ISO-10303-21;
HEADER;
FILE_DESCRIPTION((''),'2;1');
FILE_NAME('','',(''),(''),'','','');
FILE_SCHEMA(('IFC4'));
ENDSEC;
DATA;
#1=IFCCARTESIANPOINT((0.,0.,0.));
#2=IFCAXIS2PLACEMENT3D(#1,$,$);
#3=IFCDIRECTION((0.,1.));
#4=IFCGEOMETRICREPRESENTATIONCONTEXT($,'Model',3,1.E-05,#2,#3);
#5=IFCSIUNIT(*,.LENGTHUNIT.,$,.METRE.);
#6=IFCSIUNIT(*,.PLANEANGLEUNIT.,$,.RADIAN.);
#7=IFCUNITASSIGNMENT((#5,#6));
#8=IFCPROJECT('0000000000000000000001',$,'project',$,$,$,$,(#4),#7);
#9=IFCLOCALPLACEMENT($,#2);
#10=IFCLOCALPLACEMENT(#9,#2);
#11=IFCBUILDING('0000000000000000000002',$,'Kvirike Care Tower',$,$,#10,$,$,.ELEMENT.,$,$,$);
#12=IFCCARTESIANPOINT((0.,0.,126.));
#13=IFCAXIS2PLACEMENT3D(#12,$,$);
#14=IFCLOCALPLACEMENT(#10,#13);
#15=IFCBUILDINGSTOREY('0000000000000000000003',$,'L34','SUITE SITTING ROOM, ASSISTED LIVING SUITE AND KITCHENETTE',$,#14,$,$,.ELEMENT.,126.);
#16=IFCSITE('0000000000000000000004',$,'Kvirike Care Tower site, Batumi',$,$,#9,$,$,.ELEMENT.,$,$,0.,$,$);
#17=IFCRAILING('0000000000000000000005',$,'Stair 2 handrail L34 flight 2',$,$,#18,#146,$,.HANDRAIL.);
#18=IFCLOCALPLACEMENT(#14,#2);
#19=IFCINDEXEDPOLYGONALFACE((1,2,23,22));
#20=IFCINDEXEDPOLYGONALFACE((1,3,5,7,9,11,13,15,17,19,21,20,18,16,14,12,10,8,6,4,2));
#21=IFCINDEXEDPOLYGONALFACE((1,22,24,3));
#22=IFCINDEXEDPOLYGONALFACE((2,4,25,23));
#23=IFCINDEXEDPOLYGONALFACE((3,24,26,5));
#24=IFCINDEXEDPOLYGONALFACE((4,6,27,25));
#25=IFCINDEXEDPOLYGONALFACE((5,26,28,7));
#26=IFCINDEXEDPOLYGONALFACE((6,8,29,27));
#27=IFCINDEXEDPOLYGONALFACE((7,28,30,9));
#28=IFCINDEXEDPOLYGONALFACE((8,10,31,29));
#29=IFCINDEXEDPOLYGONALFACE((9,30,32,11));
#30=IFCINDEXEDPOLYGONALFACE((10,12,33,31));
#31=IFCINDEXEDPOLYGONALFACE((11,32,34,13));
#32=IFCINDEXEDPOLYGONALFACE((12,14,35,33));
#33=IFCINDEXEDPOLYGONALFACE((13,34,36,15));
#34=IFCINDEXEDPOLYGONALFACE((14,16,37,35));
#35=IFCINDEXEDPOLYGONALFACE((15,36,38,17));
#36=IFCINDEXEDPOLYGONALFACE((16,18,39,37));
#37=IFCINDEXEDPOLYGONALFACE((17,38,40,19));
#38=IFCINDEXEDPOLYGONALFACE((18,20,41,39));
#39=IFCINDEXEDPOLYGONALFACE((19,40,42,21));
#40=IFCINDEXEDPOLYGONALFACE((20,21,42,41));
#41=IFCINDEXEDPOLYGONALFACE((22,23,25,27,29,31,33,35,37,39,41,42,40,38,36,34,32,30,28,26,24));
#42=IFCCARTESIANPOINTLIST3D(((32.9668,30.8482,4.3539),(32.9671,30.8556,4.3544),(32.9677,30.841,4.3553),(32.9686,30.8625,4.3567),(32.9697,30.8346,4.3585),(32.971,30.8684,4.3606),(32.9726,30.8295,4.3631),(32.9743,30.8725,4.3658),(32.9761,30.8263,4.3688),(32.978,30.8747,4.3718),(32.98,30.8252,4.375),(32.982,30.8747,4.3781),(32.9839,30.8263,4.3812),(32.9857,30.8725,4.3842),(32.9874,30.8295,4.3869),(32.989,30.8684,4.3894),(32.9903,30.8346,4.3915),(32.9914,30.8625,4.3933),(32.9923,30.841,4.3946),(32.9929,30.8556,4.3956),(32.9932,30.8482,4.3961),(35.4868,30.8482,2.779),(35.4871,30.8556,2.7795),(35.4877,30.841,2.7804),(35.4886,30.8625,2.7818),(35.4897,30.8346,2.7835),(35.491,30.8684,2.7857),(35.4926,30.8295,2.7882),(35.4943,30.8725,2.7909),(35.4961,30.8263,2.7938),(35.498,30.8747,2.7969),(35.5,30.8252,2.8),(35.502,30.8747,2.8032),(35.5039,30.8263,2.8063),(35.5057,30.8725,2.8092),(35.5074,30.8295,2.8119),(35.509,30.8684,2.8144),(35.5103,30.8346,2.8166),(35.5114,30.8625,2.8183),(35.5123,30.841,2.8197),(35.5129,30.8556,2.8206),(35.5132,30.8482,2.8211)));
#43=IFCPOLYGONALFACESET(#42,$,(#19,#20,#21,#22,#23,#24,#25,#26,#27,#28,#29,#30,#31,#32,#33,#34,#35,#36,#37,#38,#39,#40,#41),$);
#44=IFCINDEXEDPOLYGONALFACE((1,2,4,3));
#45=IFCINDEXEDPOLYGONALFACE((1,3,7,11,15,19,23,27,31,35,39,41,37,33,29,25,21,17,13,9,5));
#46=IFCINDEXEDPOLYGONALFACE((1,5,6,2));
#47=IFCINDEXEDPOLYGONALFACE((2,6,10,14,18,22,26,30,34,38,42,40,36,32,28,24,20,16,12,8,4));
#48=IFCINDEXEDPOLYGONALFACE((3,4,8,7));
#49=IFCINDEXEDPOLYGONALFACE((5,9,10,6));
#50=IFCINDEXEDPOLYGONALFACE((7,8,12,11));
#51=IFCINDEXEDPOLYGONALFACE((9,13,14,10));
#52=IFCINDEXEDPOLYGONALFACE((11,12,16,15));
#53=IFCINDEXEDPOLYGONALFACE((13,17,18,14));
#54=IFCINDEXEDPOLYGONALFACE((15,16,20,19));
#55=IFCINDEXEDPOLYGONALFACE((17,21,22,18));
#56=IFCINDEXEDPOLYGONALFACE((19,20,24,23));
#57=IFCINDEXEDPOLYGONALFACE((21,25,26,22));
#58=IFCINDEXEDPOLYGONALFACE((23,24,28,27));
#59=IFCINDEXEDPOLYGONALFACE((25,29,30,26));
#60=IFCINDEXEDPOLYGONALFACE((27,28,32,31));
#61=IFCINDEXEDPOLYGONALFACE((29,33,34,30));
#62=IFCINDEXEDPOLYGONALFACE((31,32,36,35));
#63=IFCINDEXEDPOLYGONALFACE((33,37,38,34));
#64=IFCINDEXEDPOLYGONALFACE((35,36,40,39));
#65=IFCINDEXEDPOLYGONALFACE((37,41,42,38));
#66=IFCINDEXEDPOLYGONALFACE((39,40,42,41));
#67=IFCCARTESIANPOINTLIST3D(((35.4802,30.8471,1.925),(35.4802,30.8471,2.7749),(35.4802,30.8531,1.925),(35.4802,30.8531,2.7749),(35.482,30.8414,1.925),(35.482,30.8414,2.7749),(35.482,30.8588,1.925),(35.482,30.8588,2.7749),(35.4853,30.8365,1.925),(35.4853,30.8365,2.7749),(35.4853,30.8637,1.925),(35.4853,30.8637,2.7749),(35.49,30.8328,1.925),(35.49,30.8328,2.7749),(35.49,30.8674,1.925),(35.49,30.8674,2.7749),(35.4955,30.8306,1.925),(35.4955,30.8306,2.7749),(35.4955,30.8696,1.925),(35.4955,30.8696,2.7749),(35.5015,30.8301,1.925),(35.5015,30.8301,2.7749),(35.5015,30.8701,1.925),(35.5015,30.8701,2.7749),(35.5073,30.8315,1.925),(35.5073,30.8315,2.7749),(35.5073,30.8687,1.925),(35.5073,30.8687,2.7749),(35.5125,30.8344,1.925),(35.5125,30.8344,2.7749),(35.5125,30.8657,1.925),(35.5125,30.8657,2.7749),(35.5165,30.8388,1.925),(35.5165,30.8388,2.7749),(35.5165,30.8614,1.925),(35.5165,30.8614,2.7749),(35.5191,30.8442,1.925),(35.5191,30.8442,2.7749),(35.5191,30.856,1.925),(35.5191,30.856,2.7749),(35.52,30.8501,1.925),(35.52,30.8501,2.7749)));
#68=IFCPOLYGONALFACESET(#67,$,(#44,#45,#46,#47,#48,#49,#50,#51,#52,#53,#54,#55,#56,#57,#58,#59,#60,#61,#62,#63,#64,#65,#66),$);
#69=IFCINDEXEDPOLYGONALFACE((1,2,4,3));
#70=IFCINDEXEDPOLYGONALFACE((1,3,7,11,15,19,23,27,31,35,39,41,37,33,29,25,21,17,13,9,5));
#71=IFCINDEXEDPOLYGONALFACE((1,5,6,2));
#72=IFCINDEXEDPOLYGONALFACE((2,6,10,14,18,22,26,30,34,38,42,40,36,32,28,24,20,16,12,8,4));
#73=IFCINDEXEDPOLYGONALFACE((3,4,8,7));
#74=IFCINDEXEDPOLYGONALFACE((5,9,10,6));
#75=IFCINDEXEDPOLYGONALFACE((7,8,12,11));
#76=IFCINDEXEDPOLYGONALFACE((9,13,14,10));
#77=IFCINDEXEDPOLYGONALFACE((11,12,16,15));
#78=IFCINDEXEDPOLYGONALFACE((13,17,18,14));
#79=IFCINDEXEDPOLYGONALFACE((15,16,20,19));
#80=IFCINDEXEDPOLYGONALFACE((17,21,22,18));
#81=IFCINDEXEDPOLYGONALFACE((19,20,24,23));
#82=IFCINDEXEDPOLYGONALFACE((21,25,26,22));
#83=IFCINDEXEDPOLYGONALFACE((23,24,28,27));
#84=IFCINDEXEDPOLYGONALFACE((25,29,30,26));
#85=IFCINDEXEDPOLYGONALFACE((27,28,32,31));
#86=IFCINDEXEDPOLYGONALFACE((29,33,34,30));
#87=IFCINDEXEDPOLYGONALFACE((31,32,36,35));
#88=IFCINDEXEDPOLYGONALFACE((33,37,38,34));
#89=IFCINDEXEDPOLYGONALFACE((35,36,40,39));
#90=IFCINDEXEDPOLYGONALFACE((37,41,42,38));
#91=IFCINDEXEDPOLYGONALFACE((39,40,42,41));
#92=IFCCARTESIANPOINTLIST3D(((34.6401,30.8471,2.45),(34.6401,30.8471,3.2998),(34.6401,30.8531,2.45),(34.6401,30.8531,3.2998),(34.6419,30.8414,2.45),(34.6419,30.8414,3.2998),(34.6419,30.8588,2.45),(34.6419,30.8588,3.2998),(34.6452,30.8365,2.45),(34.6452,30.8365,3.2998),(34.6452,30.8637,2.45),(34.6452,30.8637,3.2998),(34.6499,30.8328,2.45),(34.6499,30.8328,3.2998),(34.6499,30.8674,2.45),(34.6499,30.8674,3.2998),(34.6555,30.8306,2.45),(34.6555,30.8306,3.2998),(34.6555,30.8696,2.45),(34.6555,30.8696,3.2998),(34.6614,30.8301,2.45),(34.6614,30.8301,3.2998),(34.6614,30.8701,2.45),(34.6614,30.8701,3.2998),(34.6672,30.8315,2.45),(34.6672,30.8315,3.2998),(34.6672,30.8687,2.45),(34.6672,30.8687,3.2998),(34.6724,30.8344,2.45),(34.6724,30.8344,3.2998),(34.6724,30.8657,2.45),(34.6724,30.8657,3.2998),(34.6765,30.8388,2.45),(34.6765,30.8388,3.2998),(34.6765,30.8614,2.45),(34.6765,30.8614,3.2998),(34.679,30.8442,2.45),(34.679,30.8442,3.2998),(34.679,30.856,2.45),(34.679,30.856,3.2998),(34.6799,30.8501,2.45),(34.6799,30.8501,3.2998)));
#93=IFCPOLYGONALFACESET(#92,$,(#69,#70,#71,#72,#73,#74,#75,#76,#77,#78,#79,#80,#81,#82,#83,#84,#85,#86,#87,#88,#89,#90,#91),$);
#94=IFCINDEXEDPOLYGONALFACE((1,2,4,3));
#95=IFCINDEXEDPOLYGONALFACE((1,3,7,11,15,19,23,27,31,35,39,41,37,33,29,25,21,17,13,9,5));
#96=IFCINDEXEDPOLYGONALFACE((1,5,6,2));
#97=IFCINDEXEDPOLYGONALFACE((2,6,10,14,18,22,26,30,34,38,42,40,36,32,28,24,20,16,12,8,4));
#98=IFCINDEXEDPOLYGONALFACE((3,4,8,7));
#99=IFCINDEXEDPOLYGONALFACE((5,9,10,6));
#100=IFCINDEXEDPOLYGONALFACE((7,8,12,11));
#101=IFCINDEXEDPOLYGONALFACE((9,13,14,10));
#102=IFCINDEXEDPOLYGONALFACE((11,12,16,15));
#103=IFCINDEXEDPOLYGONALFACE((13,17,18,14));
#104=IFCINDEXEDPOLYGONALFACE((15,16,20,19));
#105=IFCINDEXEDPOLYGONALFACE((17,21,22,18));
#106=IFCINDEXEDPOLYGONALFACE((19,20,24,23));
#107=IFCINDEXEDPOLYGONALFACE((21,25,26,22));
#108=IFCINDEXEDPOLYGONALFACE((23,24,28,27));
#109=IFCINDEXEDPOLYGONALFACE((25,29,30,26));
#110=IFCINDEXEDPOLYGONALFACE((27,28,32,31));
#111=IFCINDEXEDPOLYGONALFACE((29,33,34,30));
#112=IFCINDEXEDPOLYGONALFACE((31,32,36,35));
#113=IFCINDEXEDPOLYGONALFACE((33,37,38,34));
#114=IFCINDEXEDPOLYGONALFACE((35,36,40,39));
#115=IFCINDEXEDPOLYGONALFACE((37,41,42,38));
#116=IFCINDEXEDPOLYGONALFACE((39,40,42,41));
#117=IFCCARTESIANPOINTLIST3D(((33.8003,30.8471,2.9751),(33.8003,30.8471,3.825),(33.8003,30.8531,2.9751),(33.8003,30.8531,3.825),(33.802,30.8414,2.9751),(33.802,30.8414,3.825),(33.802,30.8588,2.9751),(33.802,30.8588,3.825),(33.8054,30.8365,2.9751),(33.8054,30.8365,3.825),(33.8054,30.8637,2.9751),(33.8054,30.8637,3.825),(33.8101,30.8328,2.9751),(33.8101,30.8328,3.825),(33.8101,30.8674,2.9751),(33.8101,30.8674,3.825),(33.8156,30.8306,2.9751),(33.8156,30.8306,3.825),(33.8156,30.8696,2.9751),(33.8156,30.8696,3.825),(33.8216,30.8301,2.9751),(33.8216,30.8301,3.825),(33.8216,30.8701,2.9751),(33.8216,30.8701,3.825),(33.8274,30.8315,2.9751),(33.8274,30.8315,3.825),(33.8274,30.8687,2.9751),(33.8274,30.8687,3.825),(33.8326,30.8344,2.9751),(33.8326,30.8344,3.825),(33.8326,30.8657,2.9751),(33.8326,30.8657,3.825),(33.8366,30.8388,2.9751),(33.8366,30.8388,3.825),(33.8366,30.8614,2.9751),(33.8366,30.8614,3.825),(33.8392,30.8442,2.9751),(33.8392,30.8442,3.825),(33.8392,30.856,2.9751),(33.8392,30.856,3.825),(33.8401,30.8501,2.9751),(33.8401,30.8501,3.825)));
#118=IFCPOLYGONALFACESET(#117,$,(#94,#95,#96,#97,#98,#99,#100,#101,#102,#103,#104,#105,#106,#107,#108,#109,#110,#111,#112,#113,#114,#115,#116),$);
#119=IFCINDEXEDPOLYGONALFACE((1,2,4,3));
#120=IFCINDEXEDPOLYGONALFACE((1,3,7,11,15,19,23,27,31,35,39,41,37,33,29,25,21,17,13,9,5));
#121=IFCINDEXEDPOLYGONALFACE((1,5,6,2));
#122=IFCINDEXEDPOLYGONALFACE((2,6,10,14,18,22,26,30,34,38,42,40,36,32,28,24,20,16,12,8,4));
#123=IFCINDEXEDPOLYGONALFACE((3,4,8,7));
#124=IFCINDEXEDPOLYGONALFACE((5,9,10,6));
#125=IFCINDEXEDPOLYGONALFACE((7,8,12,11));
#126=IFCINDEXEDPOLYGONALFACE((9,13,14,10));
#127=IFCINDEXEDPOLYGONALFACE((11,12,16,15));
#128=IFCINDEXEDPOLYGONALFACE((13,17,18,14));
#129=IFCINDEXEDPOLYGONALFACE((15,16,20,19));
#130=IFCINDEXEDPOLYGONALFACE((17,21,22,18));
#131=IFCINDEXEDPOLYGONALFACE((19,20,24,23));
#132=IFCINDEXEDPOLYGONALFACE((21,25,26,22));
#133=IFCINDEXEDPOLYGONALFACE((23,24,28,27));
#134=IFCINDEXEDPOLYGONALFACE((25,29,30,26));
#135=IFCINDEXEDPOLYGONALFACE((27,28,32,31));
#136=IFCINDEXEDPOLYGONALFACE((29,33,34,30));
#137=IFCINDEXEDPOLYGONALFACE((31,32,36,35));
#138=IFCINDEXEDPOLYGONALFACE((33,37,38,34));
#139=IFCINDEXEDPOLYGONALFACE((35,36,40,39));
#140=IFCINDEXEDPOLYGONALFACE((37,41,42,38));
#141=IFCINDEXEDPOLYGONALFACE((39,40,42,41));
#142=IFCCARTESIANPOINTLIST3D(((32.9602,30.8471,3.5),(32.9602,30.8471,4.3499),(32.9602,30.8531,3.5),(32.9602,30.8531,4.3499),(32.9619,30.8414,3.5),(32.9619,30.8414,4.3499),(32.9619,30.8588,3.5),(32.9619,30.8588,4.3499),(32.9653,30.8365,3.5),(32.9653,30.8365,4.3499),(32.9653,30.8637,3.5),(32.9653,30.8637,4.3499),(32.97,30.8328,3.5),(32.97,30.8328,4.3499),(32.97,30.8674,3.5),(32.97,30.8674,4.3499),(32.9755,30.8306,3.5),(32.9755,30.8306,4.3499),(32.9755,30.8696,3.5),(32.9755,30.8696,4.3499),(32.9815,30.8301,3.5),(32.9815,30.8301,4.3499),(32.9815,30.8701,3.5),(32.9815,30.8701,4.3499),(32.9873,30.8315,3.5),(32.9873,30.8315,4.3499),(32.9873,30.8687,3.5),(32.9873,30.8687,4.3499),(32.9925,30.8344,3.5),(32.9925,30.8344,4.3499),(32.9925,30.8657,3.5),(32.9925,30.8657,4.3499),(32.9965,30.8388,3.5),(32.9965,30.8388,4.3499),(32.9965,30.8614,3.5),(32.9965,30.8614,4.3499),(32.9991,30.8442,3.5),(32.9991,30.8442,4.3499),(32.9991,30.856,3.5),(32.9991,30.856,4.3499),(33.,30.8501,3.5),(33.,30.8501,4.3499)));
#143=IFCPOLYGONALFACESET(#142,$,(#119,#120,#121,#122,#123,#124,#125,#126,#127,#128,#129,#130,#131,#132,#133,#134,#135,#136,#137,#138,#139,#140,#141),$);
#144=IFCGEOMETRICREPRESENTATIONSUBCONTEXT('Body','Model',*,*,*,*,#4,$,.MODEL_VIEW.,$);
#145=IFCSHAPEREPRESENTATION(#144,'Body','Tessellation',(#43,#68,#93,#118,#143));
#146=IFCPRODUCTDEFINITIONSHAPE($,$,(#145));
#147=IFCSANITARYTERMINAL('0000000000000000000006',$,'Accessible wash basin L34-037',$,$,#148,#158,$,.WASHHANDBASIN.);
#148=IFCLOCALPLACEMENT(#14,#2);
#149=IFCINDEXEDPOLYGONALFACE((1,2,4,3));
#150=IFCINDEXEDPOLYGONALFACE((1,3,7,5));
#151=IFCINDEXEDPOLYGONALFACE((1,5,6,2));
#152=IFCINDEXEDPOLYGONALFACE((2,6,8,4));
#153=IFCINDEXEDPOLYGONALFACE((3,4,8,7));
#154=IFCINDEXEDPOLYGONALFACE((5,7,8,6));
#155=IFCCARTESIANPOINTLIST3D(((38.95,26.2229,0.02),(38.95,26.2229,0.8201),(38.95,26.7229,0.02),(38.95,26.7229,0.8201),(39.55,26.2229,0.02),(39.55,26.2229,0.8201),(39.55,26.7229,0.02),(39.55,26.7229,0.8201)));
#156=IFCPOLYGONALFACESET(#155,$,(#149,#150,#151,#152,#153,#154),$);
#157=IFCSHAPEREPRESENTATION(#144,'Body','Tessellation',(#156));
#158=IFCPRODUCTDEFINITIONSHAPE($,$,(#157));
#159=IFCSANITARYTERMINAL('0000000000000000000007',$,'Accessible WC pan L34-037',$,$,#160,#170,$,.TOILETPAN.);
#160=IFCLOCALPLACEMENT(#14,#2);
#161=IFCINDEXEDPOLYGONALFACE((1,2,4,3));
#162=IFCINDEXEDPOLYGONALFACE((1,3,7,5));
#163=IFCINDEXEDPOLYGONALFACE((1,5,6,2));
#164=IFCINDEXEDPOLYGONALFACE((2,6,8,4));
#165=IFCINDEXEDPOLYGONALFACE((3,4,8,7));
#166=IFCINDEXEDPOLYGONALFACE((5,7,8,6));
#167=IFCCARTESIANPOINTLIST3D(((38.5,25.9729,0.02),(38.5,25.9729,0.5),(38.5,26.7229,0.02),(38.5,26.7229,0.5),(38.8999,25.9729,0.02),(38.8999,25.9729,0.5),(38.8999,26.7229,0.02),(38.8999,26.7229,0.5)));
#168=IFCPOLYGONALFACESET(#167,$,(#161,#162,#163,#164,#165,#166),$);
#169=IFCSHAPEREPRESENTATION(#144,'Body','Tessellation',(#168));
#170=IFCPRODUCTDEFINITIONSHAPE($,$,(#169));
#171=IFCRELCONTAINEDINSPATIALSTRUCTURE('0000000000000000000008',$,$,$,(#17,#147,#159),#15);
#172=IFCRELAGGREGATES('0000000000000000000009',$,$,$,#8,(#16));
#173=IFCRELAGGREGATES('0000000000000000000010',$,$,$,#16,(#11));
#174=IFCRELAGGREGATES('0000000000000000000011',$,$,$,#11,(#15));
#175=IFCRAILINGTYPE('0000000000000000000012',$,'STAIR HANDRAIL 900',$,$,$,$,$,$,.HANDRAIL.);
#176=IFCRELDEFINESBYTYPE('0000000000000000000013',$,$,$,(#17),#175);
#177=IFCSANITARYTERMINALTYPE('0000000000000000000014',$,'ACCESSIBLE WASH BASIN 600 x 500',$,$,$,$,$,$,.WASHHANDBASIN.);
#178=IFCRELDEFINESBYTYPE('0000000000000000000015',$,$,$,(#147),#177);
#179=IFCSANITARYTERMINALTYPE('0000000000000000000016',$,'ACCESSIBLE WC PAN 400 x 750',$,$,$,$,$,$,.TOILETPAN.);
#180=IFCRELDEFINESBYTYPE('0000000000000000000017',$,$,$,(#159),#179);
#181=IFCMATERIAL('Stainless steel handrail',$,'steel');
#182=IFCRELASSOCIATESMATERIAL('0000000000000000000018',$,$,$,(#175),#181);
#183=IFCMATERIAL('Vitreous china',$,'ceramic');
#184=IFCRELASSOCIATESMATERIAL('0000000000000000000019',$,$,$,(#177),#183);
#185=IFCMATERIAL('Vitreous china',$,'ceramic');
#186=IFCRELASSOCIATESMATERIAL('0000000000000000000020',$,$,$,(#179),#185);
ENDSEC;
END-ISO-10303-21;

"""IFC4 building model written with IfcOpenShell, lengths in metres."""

from ifc_helpers import new_model, si_unit, direction, frame, origin, origin_2d, place, context, subcontext, project, spatial, rectangle, circle, extrude, material, type_object, element, save


model = new_model("IFC4")

# Units and contexts
model_context = context("Model", 3, precision=1e-05, world=origin(), true_north=direction((0.0, 1.0)))
body_context = subcontext(model_context, "Body", "Model", "MODEL_VIEW")
ifc_project = project(units=[si_unit("LENGTHUNIT", "METRE"), si_unit("PLANEANGLEUNIT", "RADIAN")], contexts=[model_context])

# Site, building, storey
site_placement = place(None, origin())
site = spatial("IfcSite", under=ifc_project, at=site_placement, Name="Kvirike Care Tower site, Batumi", CompositionType="ELEMENT", RefElevation=0.0)
building_placement = place(site_placement, origin())
building = spatial("IfcBuilding", under=site, at=building_placement, Name="Kvirike Care Tower", CompositionType="ELEMENT")
storey_placement = place(building_placement, frame((0.0, 0.0, 126.0)))
storey = spatial("IfcBuildingStorey", under=building, at=storey_placement, Name="L34", Description="SUITE SITTING ROOM, ASSISTED LIVING SUITE AND KITCHENETTE", CompositionType="ELEMENT", Elevation=126.0)

# Railing
ifc_material_1 = material(Name="Stainless steel handrail", Category="steel")
railing_type = type_object("IfcRailingType", Name="STAIR HANDRAIL 900", PredefinedType="HANDRAIL", material=ifc_material_1)
railing_placement = place(storey_placement, frame((35.5, 30.8501, 1.925)))
element("IfcRailing", 1, at=railing_placement, inside=storey, type_object=railing_type, Name="Stair 2 handrail L34 flight 2", PredefinedType="HANDRAIL", context=body_context, shape_type="SweptSolid", body=[
    extrude(circle(Radius=0.0249, at=origin_2d()), frame((0.0, 0.0, 0.875), z_axis=(-0.848008, 0.0, 0.529984), x_axis=(0.0, -1.0, 0.0)), (0.0, 0.0, 1.0), 2.9717),
    extrude(circle(Radius=0.02, at=origin_2d()), origin(), (0.0, 0.0, 1.0), 0.8499),
    extrude(circle(Radius=0.02, at=origin_2d()), frame((-0.8401, 0.0, 0.5249)), (0.0, 0.0, 1.0), 0.8499),
    extrude(circle(Radius=0.02, at=origin_2d()), frame((-1.6799, 0.0, 1.05)), (0.0, 0.0, 1.0), 0.8499),
    extrude(circle(Radius=0.02, at=origin_2d()), frame((-2.52, 0.0, 1.575)), (0.0, 0.0, 1.0), 0.8499),
])

# Sanitary terminals
ifc_material_2 = material(Name="Vitreous china", Category="ceramic")
sanitary_terminal_type_1 = type_object("IfcSanitaryTerminalType", Name="ACCESSIBLE WASH BASIN 600 x 500", PredefinedType="WASHHANDBASIN", material=ifc_material_2)
sanitary_terminal_1_placement = place(storey_placement, frame((39.25, 26.4729, 0.02), z_axis=(0.0, 0.0, 1.0), x_axis=(1.0, 0.0, 0.0)))
element("IfcSanitaryTerminal", 2, at=sanitary_terminal_1_placement, inside=storey, type_object=sanitary_terminal_type_1, Name="Accessible wash basin L34-037", PredefinedType="WASHHANDBASIN", context=body_context, shape_type="SweptSolid", body=[
    extrude(rectangle(XDim=0.6001, YDim=0.5, at=origin_2d()), origin(), (0.0, 0.0, 1.0), 0.8),
])
ifc_material_3 = material(Name="Vitreous china", Category="ceramic")
sanitary_terminal_type_2 = type_object("IfcSanitaryTerminalType", Name="ACCESSIBLE WC PAN 400 x 750", PredefinedType="TOILETPAN", material=ifc_material_3)
sanitary_terminal_2_placement = place(storey_placement, frame((38.7, 26.3479, 0.02), z_axis=(0.0, 0.0, 1.0), x_axis=(1.0, 0.0, 0.0)))
element("IfcSanitaryTerminal", 3, at=sanitary_terminal_2_placement, inside=storey, type_object=sanitary_terminal_type_2, Name="Accessible WC pan L34-037", PredefinedType="TOILETPAN", context=body_context, shape_type="SweptSolid", body=[
    extrude(rectangle(XDim=0.3999, YDim=0.75, at=origin_2d()), origin(), (0.0, 0.0, 1.0), 0.48),
])

save(model, "model.ifc")
